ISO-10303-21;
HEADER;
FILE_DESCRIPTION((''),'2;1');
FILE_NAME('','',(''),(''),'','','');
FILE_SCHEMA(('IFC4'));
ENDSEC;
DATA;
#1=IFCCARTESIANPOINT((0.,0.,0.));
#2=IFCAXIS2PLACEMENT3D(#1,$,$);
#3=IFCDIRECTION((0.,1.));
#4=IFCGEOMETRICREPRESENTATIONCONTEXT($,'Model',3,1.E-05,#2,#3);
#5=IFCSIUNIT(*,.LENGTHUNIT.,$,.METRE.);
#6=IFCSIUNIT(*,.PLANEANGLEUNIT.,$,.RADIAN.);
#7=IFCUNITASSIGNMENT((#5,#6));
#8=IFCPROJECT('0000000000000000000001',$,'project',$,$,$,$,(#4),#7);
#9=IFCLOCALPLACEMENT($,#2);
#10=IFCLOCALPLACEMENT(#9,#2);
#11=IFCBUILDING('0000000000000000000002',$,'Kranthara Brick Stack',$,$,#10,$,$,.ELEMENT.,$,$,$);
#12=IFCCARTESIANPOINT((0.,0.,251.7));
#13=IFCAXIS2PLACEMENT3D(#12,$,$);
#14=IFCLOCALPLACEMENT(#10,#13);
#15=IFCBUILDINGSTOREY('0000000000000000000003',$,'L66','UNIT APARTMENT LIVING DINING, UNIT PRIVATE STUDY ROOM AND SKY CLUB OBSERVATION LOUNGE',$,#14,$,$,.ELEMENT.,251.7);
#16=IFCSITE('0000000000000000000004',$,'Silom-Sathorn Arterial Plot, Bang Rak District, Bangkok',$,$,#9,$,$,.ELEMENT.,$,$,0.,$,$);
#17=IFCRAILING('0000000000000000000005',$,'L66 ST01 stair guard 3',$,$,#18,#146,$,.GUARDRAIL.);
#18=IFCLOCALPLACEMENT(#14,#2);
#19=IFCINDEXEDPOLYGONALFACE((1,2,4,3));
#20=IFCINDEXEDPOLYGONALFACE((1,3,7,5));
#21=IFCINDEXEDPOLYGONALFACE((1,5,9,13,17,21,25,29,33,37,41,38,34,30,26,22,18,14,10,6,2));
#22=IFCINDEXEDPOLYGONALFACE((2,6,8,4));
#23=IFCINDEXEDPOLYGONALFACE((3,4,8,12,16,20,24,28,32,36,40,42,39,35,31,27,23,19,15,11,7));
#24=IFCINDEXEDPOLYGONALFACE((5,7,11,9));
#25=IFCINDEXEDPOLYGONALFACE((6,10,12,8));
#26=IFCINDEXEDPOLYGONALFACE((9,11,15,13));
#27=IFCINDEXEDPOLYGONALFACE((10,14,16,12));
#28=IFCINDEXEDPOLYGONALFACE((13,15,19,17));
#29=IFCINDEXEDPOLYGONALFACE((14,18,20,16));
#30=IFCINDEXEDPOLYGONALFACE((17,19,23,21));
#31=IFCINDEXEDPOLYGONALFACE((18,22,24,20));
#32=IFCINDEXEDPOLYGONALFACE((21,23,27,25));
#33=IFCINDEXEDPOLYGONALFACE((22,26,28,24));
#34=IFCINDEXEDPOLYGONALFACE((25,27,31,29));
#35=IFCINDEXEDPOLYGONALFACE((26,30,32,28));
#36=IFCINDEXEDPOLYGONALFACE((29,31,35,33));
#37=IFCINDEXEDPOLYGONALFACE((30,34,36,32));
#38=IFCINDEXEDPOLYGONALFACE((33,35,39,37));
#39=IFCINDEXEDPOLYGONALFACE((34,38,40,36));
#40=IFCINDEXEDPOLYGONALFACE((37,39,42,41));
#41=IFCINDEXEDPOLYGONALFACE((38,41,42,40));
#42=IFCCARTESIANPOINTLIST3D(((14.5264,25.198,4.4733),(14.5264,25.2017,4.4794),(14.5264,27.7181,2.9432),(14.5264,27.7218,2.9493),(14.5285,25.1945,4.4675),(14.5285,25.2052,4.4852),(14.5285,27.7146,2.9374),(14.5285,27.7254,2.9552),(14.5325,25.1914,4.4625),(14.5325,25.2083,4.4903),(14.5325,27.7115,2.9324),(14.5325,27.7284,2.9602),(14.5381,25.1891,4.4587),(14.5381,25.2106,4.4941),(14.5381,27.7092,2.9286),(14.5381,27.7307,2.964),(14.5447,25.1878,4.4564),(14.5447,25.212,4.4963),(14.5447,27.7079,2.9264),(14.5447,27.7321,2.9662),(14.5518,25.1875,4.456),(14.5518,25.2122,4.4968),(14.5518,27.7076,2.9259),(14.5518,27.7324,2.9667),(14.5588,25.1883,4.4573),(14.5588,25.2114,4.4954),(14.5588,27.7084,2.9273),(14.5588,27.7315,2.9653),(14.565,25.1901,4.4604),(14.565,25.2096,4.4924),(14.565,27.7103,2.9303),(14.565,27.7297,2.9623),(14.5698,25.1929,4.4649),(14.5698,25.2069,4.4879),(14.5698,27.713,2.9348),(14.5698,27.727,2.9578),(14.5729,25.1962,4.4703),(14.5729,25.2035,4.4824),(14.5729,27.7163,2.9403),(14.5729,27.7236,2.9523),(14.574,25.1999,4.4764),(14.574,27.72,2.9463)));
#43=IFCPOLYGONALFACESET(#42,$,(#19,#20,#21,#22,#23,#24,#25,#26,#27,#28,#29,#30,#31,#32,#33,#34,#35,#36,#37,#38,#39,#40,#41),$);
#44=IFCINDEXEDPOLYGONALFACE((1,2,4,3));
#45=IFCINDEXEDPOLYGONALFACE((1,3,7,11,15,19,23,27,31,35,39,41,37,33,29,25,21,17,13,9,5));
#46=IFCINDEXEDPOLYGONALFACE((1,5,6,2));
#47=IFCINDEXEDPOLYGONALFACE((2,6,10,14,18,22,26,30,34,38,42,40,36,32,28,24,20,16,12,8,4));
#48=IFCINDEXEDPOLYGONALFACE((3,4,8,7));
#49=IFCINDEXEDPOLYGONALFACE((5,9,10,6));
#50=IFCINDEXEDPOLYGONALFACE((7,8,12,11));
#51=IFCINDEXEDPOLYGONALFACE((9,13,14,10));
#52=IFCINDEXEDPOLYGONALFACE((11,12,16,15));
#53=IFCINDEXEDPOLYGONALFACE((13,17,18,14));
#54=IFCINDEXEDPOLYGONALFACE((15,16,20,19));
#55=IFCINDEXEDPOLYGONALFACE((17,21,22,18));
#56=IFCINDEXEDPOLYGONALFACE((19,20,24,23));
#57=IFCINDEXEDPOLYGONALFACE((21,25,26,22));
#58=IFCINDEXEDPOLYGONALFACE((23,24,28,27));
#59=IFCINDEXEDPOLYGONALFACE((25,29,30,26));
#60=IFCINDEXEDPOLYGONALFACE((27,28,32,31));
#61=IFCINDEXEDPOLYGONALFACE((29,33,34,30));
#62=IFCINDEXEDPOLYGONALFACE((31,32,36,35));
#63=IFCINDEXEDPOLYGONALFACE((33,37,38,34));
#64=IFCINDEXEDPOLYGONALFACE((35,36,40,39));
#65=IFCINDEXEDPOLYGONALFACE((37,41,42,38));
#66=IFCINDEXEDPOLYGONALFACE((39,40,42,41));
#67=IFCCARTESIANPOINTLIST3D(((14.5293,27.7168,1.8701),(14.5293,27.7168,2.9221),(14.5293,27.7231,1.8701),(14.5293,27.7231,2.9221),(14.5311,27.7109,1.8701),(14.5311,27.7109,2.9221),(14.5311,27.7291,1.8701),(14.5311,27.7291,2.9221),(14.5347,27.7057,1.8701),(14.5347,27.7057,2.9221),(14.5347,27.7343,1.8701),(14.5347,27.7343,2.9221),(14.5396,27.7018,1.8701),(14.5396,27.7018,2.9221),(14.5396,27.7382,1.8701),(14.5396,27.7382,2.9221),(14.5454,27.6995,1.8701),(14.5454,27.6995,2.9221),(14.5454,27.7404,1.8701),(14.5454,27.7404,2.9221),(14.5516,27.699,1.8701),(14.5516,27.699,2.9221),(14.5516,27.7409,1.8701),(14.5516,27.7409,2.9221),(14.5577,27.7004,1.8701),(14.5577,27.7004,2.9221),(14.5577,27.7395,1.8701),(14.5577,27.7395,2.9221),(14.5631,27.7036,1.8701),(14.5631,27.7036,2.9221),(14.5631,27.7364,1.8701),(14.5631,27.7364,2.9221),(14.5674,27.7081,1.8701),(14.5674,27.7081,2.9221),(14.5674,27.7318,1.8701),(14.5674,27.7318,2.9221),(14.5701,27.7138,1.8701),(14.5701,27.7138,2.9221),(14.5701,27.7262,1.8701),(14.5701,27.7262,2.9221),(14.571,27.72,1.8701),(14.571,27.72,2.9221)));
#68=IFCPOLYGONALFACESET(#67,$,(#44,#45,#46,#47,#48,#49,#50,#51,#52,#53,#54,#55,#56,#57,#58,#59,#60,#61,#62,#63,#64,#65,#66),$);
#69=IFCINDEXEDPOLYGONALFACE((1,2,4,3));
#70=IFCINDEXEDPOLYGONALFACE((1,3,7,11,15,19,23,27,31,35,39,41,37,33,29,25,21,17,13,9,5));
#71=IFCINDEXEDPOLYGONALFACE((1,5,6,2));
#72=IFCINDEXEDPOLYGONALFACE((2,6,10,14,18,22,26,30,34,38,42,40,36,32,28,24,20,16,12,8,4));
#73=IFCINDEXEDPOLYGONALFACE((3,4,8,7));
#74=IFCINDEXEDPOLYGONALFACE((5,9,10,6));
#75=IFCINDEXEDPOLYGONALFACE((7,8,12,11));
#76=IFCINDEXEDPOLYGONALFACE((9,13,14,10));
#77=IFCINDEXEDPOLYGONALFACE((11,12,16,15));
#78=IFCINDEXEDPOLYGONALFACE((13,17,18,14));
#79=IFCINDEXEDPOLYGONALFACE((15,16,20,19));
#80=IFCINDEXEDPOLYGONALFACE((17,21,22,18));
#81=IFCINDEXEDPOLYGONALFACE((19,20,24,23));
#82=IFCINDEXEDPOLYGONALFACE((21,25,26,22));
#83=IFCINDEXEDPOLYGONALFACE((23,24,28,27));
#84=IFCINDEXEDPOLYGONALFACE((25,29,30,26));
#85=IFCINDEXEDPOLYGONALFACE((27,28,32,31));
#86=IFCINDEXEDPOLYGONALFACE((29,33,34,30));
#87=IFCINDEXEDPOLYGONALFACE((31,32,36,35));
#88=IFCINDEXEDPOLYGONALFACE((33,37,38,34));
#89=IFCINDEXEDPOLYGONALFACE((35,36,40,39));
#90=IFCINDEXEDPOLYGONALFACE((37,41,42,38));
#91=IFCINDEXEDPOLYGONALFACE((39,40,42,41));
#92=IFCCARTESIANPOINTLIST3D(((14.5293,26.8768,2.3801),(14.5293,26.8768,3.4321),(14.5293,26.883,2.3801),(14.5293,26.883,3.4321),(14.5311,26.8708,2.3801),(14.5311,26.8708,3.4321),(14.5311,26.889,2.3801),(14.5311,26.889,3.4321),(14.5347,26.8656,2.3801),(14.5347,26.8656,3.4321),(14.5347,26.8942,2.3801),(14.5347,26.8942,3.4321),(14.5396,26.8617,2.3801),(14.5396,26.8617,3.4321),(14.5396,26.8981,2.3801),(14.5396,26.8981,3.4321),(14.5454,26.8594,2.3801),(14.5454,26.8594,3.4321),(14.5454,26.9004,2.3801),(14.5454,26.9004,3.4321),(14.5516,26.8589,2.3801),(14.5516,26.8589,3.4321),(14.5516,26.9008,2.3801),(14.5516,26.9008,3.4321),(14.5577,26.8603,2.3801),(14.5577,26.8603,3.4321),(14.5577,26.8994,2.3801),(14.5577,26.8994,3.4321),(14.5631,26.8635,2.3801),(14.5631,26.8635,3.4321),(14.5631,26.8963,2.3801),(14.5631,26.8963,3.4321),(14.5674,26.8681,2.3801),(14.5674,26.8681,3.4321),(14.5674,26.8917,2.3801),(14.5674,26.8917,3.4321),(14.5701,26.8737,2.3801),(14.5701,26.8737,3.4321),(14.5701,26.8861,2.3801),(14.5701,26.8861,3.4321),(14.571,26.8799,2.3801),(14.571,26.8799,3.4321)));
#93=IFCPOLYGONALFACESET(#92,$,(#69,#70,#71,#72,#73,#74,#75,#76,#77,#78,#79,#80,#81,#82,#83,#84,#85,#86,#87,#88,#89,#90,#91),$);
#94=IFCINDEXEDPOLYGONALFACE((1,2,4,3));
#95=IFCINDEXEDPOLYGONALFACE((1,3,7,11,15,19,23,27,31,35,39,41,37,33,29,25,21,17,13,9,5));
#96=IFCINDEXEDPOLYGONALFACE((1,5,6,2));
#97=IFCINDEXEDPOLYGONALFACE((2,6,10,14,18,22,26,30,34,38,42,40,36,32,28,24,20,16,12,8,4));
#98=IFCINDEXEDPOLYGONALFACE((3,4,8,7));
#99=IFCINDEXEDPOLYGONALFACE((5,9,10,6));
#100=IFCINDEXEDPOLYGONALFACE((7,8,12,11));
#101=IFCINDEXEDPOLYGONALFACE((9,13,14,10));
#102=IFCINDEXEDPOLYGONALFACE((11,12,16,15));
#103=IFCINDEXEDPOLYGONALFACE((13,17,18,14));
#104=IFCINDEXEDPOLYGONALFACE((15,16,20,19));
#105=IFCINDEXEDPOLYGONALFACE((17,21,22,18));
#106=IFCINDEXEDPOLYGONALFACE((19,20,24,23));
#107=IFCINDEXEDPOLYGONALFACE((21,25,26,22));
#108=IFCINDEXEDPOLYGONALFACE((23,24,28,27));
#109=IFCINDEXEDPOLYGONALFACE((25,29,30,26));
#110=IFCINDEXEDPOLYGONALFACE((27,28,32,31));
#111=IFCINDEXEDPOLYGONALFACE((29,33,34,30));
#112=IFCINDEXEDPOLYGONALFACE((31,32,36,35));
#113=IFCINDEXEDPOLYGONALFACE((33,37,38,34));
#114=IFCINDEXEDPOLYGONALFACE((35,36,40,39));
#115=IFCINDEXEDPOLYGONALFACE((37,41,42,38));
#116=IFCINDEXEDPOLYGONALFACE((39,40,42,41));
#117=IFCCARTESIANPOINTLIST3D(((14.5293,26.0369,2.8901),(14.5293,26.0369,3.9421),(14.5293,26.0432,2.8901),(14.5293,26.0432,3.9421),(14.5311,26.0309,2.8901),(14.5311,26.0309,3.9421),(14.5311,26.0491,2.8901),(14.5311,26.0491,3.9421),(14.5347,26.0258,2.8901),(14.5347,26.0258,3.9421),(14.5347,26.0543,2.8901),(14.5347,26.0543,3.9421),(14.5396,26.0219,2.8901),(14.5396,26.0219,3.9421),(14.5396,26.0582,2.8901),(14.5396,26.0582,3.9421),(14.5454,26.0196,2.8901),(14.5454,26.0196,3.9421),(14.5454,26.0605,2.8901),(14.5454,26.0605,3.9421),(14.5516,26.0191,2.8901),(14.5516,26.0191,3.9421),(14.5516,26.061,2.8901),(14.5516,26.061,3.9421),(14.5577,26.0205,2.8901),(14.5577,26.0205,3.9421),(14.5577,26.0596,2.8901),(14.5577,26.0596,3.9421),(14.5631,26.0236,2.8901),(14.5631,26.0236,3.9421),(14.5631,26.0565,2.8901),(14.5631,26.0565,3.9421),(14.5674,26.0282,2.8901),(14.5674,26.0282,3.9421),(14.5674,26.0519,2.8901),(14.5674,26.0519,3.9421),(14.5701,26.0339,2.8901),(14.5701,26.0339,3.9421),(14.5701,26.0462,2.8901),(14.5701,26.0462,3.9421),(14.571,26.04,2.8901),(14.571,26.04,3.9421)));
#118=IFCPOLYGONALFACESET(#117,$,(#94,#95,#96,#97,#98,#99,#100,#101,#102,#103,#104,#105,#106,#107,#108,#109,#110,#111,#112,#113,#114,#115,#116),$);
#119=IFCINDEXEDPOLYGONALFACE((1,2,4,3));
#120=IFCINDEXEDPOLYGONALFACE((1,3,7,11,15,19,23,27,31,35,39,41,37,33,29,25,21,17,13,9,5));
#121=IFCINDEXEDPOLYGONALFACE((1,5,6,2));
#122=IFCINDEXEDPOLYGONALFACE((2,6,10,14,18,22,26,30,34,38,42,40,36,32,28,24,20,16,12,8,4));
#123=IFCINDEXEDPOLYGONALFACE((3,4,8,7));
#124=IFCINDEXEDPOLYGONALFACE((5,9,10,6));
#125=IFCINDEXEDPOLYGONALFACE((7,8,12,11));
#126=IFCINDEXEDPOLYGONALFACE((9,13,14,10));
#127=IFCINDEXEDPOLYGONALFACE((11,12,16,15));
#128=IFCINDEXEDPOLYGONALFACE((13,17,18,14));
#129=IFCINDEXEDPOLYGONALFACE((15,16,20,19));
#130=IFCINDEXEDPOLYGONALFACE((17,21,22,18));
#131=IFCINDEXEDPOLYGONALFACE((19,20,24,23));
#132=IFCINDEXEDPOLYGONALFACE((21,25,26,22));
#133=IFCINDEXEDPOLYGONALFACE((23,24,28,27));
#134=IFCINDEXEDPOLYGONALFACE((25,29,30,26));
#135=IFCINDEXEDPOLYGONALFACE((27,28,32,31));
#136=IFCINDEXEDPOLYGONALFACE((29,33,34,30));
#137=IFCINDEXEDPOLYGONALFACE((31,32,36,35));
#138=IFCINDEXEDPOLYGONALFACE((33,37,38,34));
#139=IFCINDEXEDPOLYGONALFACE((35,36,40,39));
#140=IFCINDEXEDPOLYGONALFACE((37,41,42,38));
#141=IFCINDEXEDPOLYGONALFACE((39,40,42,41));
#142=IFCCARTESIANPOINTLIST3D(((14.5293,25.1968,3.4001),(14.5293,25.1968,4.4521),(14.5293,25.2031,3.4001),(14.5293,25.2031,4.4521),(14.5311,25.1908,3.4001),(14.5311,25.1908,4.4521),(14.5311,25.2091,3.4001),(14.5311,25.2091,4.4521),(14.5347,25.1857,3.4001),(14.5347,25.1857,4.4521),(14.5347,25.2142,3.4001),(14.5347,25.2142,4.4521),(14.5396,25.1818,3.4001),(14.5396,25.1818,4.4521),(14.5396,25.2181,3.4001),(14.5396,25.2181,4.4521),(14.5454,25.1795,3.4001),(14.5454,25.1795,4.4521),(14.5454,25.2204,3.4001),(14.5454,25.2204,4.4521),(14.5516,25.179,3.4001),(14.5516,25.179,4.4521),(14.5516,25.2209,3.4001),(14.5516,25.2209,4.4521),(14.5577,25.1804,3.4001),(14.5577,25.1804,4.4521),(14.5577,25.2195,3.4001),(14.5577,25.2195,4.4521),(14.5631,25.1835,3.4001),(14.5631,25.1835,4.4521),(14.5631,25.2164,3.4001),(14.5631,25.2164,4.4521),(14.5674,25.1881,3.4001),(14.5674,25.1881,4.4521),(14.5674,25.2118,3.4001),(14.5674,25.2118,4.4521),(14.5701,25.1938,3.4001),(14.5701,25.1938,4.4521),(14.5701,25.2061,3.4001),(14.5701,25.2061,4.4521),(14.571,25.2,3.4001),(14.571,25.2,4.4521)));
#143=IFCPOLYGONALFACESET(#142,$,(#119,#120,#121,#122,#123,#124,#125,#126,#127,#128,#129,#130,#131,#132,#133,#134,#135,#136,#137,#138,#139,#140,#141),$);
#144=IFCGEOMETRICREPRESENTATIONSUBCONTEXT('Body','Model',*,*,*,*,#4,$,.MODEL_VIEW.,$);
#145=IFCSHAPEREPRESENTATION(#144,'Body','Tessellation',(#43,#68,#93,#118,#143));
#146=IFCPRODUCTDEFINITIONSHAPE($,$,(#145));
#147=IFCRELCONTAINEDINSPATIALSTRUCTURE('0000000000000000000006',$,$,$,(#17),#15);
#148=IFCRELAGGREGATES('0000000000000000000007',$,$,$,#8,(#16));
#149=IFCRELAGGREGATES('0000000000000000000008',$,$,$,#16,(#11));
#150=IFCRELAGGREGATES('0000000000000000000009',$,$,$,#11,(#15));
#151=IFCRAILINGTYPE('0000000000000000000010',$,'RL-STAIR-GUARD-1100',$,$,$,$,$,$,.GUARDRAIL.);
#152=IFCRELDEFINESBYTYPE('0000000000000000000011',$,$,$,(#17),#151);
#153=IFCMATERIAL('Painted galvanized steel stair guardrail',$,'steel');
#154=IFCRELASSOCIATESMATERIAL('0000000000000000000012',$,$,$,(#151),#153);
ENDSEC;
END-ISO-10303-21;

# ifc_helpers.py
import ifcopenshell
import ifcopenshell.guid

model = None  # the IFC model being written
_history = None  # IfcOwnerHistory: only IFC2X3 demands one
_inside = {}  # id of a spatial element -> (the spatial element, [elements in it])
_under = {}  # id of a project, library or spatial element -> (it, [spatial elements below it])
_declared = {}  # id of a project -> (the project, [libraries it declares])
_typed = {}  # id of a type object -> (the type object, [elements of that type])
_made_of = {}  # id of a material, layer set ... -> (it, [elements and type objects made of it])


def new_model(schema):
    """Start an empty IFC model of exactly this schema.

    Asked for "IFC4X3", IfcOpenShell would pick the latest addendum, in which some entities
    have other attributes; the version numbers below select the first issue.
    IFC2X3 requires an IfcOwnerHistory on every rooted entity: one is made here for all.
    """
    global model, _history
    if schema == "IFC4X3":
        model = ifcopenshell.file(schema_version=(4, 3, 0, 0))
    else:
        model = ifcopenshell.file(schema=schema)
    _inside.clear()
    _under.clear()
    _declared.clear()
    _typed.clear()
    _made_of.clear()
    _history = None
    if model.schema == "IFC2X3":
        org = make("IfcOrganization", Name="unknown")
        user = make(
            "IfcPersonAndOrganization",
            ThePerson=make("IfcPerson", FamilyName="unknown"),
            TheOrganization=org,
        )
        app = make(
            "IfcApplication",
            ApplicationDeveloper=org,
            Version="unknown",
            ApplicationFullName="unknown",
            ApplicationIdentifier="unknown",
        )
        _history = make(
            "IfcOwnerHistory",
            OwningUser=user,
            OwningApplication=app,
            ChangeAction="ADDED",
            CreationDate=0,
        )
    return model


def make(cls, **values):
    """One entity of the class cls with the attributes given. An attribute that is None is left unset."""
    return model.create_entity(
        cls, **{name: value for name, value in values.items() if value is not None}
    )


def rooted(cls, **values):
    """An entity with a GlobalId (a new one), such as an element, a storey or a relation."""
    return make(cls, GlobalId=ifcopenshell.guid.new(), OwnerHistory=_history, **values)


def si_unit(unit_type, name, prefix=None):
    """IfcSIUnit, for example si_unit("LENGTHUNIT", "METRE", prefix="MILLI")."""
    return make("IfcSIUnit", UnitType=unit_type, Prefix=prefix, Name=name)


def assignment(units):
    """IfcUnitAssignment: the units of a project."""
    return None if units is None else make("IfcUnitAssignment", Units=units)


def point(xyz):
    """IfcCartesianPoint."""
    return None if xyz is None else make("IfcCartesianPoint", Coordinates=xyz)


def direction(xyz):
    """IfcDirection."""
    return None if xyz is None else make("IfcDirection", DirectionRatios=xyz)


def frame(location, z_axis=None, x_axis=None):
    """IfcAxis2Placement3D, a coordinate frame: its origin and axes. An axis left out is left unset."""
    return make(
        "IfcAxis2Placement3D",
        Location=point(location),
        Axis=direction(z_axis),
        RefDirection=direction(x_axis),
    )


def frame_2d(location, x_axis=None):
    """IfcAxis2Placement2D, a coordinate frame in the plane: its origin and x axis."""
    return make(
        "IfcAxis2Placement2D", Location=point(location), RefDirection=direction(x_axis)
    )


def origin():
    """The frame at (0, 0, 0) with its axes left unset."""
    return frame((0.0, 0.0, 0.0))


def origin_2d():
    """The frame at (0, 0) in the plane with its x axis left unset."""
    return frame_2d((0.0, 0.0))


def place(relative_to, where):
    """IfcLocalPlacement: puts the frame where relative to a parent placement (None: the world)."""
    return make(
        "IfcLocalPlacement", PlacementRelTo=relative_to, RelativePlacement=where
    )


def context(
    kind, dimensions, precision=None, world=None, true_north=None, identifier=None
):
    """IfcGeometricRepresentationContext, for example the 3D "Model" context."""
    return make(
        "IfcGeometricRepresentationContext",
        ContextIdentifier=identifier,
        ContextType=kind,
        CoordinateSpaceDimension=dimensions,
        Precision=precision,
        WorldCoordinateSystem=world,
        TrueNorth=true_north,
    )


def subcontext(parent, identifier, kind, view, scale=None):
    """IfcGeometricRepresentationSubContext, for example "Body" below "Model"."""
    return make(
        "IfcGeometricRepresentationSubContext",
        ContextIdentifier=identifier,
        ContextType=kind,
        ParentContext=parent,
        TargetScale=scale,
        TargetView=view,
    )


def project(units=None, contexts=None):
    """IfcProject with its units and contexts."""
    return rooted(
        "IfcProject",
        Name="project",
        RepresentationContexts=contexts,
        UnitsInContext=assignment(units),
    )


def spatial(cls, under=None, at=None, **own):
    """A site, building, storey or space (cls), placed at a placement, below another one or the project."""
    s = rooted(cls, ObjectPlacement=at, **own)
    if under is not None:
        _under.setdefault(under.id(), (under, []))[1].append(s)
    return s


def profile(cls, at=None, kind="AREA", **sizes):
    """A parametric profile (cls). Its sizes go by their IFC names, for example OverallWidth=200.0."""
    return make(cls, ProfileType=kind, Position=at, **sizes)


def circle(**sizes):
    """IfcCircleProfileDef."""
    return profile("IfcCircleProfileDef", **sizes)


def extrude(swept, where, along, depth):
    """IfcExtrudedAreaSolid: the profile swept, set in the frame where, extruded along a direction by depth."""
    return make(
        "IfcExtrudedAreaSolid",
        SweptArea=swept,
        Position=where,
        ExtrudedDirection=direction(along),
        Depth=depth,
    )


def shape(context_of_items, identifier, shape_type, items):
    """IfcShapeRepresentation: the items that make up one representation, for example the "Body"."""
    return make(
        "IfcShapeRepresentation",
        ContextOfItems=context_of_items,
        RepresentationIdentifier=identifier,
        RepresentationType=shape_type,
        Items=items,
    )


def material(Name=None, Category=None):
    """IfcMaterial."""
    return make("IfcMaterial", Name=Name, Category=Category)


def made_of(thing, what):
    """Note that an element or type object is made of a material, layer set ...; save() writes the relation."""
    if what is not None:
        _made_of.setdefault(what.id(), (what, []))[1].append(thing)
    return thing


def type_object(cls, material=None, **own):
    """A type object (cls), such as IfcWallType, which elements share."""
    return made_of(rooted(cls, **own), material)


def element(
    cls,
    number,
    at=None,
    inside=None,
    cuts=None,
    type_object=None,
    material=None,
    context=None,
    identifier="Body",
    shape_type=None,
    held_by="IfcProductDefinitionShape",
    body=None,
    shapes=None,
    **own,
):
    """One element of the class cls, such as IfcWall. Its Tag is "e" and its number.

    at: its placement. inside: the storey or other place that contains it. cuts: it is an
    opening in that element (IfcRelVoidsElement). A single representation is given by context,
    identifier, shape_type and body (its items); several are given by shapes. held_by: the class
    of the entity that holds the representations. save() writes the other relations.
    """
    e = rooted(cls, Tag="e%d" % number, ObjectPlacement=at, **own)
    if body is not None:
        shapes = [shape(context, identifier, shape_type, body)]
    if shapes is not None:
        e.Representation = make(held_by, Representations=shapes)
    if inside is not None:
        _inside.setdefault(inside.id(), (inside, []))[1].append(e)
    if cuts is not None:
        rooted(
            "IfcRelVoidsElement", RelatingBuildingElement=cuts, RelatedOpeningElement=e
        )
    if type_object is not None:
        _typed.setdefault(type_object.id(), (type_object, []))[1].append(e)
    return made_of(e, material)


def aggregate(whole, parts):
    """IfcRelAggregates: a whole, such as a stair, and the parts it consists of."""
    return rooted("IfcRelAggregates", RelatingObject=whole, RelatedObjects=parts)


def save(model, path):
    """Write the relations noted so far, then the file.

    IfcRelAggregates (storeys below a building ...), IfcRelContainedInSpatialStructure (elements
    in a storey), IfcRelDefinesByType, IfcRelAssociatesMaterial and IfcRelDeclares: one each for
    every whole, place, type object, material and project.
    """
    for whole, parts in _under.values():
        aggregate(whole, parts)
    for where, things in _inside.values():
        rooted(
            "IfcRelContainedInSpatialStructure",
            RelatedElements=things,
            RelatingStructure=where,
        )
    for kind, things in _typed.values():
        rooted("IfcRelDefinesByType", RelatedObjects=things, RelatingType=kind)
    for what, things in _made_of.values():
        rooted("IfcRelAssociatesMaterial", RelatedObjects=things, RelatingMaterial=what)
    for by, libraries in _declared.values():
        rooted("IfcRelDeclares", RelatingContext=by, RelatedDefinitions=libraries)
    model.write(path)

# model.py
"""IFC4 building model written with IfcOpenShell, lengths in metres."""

from ifc_helpers import new_model, si_unit, direction, frame, origin, origin_2d, place, context, subcontext, project, spatial, circle, extrude, material, type_object, element, save


model = new_model("IFC4")

# Units and contexts
model_context = context("Model", 3, precision=1e-05, world=origin(), true_north=direction((0.0, 1.0)))
body_context = subcontext(model_context, "Body", "Model", "MODEL_VIEW")
ifc_project = project(units=[si_unit("LENGTHUNIT", "METRE"), si_unit("PLANEANGLEUNIT", "RADIAN")], contexts=[model_context])

# Site, building, storey
site_placement = place(None, origin())
site = spatial("IfcSite", under=ifc_project, at=site_placement, Name="Silom-Sathorn Arterial Plot, Bang Rak District, Bangkok", CompositionType="ELEMENT", RefElevation=0.0)
building_placement = place(site_placement, origin())
building = spatial("IfcBuilding", under=site, at=building_placement, Name="Kranthara Brick Stack", CompositionType="ELEMENT")
storey_placement = place(building_placement, frame((0.0, 0.0, 251.7)))
storey = spatial("IfcBuildingStorey", under=building, at=storey_placement, Name="L66", Description="UNIT APARTMENT LIVING DINING, UNIT PRIVATE STUDY ROOM AND SKY CLUB OBSERVATION LOUNGE", CompositionType="ELEMENT", Elevation=251.7)

# Railing
ifc_material_1 = material(Name="Painted galvanized steel stair guardrail", Category="steel")
railing_type_1 = type_object("IfcRailingType", Name="RL-STAIR-GUARD-1100", PredefinedType="GUARDRAIL", material=ifc_material_1)
railing_1_placement = place(storey_placement, frame((14.55, 27.72, 1.8701)))
element("IfcRailing", 1, at=railing_1_placement, inside=storey, type_object=railing_type_1, Name="L66 ST01 stair guard 3", PredefinedType="GUARDRAIL", context=body_context, shape_type="SweptSolid", body=[
    extrude(circle(Radius=0.0239, at=origin_2d()), frame((0.0, 0.0, 1.0762), z_axis=(0.0, -0.854785, 0.518982), x_axis=(1.0, 0.0, 0.0)), (0.0, 0.0, 1.0), 2.9482),
    extrude(circle(Radius=0.021, at=origin_2d()), origin(), (0.0, 0.0, 1.0), 1.052),
    extrude(circle(Radius=0.021, at=origin_2d()), frame((0.0, -0.8401, 0.51)), (0.0, 0.0, 1.0), 1.052),
    extrude(circle(Radius=0.021, at=origin_2d()), frame((0.0, -1.6799, 1.02)), (0.0, 0.0, 1.0), 1.052),
    extrude(circle(Radius=0.021, at=origin_2d()), frame((0.0, -2.52, 1.53)), (0.0, 0.0, 1.0), 1.052),
])

save(model, "model.ifc")
